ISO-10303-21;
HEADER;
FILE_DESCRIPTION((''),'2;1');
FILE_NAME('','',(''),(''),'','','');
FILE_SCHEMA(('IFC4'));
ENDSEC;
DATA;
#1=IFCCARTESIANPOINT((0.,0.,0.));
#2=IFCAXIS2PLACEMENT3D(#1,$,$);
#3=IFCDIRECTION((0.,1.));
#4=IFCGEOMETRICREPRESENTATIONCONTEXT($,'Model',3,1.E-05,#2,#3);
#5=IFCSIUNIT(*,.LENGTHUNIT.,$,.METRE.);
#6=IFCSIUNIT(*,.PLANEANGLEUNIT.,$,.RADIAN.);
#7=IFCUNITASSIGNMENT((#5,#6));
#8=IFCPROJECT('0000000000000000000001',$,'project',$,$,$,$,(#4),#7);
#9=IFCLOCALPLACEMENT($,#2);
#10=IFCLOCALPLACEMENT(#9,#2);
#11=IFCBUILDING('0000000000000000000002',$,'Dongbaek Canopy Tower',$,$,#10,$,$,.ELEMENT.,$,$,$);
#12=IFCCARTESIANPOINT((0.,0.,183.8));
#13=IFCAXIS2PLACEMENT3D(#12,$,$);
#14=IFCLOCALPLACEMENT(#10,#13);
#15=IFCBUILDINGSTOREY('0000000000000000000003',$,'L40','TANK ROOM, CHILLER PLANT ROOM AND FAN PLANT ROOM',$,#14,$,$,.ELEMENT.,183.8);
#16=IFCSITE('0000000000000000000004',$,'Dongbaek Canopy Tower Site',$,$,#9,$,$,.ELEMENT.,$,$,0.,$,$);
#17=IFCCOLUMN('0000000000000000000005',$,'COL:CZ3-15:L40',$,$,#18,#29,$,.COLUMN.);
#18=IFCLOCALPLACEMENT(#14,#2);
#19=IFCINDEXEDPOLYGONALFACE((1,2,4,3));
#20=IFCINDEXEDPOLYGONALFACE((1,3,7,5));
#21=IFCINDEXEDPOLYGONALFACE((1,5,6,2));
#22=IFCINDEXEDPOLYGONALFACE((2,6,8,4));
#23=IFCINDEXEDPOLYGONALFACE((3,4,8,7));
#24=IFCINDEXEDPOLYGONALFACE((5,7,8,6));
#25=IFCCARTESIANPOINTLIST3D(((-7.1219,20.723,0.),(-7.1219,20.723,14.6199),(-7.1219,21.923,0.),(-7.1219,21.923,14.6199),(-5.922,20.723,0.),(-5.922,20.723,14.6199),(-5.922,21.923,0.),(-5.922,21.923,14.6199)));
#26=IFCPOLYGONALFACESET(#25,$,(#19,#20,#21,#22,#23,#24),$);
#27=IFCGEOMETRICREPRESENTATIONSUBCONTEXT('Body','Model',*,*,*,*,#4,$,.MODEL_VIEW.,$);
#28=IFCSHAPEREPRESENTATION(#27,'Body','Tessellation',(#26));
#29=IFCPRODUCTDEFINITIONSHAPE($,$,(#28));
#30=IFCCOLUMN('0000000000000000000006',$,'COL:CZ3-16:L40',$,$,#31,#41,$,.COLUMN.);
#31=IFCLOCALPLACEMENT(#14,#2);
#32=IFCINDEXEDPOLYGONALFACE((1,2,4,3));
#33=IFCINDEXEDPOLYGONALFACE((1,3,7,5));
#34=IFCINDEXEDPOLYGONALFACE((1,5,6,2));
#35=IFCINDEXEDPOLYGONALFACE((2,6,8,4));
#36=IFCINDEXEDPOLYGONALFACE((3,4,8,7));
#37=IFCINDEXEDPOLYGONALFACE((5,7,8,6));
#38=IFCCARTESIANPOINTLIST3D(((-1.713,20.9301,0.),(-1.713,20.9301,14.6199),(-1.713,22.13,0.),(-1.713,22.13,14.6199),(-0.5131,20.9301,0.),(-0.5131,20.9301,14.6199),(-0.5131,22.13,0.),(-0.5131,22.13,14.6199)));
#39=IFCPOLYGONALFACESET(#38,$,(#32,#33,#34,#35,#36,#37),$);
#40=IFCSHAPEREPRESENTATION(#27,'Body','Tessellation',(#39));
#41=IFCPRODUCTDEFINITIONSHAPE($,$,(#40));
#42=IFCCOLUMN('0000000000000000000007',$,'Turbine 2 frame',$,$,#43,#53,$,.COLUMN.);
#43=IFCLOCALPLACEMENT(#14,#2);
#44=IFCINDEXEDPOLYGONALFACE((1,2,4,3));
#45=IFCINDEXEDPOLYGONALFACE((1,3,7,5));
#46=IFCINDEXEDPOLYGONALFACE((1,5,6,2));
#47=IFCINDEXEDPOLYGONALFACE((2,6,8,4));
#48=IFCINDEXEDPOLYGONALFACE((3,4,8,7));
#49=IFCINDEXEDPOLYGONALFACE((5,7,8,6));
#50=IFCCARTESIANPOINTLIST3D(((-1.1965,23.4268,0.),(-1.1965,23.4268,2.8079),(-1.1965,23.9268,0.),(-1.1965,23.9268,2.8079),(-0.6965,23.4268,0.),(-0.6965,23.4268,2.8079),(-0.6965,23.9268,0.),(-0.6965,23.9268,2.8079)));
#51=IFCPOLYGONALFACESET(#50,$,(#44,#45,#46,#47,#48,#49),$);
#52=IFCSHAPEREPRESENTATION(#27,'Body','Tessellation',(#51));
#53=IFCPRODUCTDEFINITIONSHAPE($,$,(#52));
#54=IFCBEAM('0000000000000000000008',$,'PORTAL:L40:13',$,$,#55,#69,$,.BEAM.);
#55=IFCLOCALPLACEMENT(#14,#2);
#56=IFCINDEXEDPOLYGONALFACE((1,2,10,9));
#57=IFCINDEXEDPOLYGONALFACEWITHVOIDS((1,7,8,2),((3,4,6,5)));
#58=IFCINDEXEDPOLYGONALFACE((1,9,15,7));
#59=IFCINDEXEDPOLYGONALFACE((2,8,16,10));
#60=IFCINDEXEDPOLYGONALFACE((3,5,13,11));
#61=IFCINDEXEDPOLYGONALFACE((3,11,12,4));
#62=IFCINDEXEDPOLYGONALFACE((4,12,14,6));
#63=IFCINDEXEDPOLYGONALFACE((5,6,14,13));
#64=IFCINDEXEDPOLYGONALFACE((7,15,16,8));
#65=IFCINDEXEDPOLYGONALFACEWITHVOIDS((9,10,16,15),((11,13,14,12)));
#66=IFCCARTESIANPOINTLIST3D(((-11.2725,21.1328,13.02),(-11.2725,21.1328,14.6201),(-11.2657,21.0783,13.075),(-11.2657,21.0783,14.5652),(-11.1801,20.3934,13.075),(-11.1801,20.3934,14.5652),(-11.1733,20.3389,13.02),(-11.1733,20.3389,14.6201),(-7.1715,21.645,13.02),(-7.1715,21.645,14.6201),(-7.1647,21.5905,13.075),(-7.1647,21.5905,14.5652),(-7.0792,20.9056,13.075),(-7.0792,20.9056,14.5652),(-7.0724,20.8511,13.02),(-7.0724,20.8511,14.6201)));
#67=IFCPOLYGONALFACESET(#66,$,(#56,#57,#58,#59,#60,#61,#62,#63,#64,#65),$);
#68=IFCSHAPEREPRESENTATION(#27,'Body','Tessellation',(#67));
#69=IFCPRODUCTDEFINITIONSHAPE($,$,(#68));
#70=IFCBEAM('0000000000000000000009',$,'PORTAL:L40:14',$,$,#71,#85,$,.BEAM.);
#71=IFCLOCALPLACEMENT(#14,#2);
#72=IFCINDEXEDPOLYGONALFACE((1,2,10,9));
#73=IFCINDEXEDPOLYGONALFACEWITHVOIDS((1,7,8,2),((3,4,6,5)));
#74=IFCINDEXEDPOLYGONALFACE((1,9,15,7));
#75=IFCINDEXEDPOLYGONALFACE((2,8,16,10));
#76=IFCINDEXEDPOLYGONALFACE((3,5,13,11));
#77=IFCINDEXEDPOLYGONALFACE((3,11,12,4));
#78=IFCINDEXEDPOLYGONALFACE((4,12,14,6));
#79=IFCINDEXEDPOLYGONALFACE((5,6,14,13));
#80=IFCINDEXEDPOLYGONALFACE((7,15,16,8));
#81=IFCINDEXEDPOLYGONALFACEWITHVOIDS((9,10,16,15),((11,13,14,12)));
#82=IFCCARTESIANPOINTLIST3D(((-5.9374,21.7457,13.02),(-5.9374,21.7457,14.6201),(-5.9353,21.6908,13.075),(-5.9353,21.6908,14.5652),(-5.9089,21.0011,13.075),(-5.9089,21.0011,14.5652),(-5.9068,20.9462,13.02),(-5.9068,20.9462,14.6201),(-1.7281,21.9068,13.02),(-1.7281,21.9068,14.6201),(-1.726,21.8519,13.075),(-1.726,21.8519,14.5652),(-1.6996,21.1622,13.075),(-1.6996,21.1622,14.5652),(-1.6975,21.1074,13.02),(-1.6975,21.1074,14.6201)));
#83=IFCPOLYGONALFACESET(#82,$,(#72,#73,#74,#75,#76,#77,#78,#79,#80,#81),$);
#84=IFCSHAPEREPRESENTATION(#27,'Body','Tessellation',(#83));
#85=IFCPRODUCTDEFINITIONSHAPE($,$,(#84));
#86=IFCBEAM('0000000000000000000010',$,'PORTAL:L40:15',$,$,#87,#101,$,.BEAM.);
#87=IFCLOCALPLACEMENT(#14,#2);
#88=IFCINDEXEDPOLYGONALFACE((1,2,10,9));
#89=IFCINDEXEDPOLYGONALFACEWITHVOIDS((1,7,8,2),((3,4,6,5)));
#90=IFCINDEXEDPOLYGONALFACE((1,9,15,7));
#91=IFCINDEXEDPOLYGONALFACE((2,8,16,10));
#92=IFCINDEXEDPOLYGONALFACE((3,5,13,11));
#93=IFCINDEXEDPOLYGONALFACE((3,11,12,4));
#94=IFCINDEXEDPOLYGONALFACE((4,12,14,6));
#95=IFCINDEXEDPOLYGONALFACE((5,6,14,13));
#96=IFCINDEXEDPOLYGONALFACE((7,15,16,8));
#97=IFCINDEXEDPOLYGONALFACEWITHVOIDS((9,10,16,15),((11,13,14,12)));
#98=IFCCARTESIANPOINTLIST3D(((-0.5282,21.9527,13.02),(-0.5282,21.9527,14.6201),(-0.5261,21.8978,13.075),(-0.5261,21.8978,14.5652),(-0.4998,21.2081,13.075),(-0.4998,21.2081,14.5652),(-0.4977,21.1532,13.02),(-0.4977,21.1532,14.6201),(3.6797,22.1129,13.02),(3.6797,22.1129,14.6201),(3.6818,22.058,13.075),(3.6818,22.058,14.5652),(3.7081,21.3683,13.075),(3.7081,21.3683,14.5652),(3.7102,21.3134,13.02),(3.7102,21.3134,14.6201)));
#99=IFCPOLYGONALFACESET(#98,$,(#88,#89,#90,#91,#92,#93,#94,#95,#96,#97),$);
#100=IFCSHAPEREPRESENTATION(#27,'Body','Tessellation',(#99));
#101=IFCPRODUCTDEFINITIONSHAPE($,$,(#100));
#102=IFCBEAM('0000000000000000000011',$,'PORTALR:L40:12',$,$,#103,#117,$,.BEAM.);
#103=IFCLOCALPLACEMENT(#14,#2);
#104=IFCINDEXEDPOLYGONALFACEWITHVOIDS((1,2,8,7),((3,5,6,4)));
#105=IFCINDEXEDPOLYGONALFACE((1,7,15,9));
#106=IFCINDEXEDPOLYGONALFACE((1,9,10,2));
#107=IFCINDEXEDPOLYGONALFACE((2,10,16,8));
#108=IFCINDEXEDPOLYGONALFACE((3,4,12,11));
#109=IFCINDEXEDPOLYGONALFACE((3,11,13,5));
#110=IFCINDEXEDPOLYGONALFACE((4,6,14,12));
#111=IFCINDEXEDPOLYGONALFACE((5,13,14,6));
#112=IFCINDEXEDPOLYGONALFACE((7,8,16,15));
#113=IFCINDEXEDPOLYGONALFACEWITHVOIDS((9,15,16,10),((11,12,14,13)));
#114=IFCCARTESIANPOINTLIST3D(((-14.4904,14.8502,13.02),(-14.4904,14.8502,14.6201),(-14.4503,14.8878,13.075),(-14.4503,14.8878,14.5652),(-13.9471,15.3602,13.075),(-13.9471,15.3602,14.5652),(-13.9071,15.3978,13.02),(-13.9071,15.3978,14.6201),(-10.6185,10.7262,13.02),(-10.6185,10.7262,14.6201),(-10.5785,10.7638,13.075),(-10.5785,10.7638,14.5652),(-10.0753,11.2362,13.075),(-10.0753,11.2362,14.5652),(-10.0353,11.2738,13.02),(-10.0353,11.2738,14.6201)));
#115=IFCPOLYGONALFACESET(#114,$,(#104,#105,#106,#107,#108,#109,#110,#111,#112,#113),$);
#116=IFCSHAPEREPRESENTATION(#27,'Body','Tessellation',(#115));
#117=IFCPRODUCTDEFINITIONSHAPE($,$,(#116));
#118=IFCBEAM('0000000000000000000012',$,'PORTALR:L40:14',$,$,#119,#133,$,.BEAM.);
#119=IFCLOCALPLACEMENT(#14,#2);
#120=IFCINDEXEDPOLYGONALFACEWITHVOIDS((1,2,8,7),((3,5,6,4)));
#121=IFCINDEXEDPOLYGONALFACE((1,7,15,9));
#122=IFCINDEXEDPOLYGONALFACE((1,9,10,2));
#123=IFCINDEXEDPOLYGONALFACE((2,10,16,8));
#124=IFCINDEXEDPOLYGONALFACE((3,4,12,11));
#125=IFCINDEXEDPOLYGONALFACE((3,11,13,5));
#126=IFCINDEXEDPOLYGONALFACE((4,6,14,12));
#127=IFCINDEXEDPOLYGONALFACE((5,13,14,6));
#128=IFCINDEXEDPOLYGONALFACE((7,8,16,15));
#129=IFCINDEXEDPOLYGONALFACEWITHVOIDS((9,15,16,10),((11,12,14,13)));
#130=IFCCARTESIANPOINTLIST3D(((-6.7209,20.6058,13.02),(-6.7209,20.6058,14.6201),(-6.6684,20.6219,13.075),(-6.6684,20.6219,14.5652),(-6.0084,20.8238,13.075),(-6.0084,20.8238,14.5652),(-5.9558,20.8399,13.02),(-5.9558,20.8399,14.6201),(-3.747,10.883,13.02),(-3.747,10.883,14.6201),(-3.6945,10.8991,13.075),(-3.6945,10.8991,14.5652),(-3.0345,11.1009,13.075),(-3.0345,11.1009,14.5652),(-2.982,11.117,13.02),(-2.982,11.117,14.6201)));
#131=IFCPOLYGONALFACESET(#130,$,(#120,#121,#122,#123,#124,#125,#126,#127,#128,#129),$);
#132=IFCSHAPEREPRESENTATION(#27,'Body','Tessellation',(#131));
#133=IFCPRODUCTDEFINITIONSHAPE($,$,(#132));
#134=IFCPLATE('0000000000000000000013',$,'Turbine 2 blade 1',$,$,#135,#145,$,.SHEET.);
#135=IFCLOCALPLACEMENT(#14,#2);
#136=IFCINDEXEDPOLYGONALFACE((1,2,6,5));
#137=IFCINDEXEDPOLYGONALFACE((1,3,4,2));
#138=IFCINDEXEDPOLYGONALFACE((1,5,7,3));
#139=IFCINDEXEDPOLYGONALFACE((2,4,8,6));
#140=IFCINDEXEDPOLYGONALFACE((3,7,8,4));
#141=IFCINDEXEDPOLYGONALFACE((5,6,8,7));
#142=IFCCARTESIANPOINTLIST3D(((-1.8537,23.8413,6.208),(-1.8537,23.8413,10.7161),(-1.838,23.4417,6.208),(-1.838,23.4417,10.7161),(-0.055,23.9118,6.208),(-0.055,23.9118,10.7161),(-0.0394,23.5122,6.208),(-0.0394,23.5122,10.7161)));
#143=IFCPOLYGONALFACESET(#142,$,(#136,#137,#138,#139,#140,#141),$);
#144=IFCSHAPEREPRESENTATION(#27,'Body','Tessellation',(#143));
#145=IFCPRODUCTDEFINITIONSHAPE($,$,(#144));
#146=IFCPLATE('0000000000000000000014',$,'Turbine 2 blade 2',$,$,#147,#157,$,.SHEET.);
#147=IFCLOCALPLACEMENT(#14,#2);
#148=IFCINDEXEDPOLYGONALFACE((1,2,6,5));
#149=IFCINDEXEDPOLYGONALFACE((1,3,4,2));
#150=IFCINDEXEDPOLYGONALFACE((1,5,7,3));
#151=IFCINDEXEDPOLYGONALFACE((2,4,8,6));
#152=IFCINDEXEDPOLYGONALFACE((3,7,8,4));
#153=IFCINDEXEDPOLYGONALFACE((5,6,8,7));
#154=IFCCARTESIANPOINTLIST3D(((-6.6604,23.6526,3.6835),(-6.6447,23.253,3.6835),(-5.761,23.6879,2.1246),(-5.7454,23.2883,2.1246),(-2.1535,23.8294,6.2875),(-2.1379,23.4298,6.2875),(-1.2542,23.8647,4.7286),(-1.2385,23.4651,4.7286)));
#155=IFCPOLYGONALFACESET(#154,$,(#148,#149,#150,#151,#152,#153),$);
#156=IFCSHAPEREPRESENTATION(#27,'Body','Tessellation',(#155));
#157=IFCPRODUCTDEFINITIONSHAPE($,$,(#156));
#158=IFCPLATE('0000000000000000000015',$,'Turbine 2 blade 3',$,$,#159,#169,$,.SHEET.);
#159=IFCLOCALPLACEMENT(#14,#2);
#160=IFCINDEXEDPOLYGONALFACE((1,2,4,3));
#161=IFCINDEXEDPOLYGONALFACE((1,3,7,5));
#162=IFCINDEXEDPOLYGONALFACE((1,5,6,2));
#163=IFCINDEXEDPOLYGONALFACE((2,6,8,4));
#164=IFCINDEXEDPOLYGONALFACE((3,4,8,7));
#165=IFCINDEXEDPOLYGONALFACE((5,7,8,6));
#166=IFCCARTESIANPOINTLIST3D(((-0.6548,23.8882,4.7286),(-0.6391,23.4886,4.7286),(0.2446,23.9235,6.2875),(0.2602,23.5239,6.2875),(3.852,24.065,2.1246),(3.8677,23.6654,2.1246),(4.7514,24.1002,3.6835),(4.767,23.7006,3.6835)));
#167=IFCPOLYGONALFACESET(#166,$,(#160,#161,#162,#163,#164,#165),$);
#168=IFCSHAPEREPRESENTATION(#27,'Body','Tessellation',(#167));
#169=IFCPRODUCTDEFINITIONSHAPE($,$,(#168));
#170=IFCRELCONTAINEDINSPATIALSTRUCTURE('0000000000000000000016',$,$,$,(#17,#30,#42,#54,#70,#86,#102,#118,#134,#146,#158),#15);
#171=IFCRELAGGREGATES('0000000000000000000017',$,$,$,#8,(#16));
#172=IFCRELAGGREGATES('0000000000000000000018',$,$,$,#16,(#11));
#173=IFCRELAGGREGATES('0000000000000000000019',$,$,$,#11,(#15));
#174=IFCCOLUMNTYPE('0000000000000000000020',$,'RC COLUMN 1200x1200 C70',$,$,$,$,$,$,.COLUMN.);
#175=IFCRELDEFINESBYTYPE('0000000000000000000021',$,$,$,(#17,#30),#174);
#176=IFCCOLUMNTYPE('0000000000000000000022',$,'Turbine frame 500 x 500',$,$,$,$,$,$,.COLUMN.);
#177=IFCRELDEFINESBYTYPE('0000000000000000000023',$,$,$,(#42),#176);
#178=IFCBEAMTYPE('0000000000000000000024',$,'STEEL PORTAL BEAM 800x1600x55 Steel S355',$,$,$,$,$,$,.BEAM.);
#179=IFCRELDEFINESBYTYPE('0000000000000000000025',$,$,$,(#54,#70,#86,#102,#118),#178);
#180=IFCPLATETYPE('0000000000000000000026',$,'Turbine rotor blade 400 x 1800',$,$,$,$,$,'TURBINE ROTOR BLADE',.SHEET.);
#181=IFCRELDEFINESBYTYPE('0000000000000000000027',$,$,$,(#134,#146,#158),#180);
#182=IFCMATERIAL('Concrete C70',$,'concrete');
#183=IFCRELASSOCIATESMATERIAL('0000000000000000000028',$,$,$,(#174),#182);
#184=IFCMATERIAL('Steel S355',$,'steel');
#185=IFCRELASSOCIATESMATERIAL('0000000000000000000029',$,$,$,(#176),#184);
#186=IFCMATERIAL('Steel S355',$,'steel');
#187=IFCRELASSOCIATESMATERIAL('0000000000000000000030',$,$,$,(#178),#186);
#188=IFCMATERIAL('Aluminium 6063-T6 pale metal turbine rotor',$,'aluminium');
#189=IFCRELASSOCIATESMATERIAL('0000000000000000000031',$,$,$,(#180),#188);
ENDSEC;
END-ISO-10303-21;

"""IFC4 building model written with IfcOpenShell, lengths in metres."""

from ifc_helpers import new_model, si_unit, direction, frame, origin, origin_2d, place, context, subcontext, project, spatial, rectangle, hollow_rectangle, extrude, material, material_profile, profile_set, type_object, element, save


model = new_model("IFC4")

# Units and contexts
model_context = context("Model", 3, precision=1e-05, world=origin(), true_north=direction((0.0, 1.0)))
body_context = subcontext(model_context, "Body", "Model", "MODEL_VIEW")
ifc_project = project(units=[si_unit("LENGTHUNIT", "METRE"), si_unit("PLANEANGLEUNIT", "RADIAN")], contexts=[model_context])

# Site, building, storey
site_placement = place(None, origin())
site = spatial("IfcSite", under=ifc_project, at=site_placement, Name="Dongbaek Canopy Tower Site", CompositionType="ELEMENT", RefElevation=0.0)
building_placement = place(site_placement, origin())
building = spatial("IfcBuilding", under=site, at=building_placement, Name="Dongbaek Canopy Tower", CompositionType="ELEMENT")
storey_placement = place(building_placement, frame((0.0, 0.0, 183.8)))
storey = spatial("IfcBuildingStorey", under=building, at=storey_placement, Name="L40", Description="TANK ROOM, CHILLER PLANT ROOM AND FAN PLANT ROOM", CompositionType="ELEMENT", Elevation=183.8)

# Columns
ifc_material_1 = material(Name="Concrete C70", Category="concrete")
ifc_material_profile_1 = material_profile(ifc_material_1, rectangle(XDim=1.2, YDim=1.2, at=origin_2d()), Name="RC COLUMN 1200x1200 C70")
ifc_profile_set_1 = profile_set([ifc_material_profile_1], Name="Concrete C70")
column_type_1 = type_object("IfcColumnType", Name="RC COLUMN 1200x1200 C70", PredefinedType="COLUMN", material=ifc_profile_set_1)
for number, where, z_axis, x_axis, name in (
    (1, (-6.522, 21.323, 0.0), (0.0, 0.0, 1.0), (1.0, 0.0, 0.0), "COL:CZ3-15:L40"),
    (2, (-1.113, 21.53, 0.0), (0.0, 0.0, 1.0), (1.0, 0.0, 0.0), "COL:CZ3-16:L40"),
):
    element("IfcColumn", number, at=place(storey_placement, frame(where, z_axis=z_axis, x_axis=x_axis)), inside=storey, type_object=column_type_1, Name=name, PredefinedType="COLUMN", context=body_context, shape_type="SweptSolid", body=[
        extrude(rectangle(XDim=1.2, YDim=1.2, at=origin_2d()), origin(), (0.0, 0.0, 1.0), 14.6199),
    ])
ifc_material_2 = material(Name="Steel S355", Category="steel")
ifc_material_profile_2 = material_profile(ifc_material_2, rectangle(XDim=0.5, YDim=0.5, at=origin_2d()), Name="Turbine frame 500 x 500")
ifc_profile_set_2 = profile_set([ifc_material_profile_2], Name="Steel S355")
column_type_2 = type_object("IfcColumnType", Name="Turbine frame 500 x 500", PredefinedType="COLUMN", material=ifc_profile_set_2)
column_placement = place(storey_placement, frame((-0.9465, 23.6768, 0.0), z_axis=(0.0, 0.0, 1.0), x_axis=(1.0, 0.0, 0.0)))
element("IfcColumn", 3, at=column_placement, inside=storey, type_object=column_type_2, Name="Turbine 2 frame", PredefinedType="COLUMN", context=body_context, shape_type="SweptSolid", body=[
    extrude(rectangle(XDim=0.5, YDim=0.5, at=origin_2d()), origin(), (0.0, 0.0, 1.0), 2.8079),
])

# Beams
ifc_material_3 = material(Name="Steel S355", Category="steel")
ifc_material_profile_3 = material_profile(ifc_material_3, hollow_rectangle(XDim=0.8, YDim=1.6001, WallThickness=0.0549, at=origin_2d()), Name="STEEL PORTAL BEAM 800x1600x55 Steel S355")
ifc_profile_set_3 = profile_set([ifc_material_profile_3], Name="Steel S355")
beam_type = type_object("IfcBeamType", Name="STEEL PORTAL BEAM 800x1600x55 Steel S355", PredefinedType="BEAM", material=ifc_profile_set_3)
beam_1_placement = place(storey_placement, frame((-11.2229, 20.7358, 13.8201), z_axis=(0.99229, 0.12394, 0.0), x_axis=(-0.12394, 0.99229, 0.0)))
element("IfcBeam", 4, at=beam_1_placement, inside=storey, type_object=beam_type, Name="PORTAL:L40:13", PredefinedType="BEAM", context=body_context, shape_type="SweptSolid", body=[
    extrude(hollow_rectangle(XDim=0.8, YDim=1.6001, WallThickness=0.0549, at=origin_2d()), origin(), (0.0, 0.0, 1.0), 4.1328),
])
beam_2_placement = place(storey_placement, frame((-5.9221, 21.3459, 13.8201), z_axis=(0.999268, 0.038253, 0.0), x_axis=(-0.038253, 0.999268, 0.0)))
element("IfcBeam", 5, at=beam_2_placement, inside=storey, type_object=beam_type, Name="PORTAL:L40:14", PredefinedType="BEAM", context=body_context, shape_type="SweptSolid", body=[
    extrude(hollow_rectangle(XDim=0.8, YDim=1.6001, WallThickness=0.0549, at=origin_2d()), origin(), (0.0, 0.0, 1.0), 4.2124),
])
beam_3_placement = place(storey_placement, frame((-0.5129, 21.553, 13.8201), z_axis=(0.999277, 0.038032, 0.0), x_axis=(-0.038032, 0.999277, 0.0)))
element("IfcBeam", 6, at=beam_3_placement, inside=storey, type_object=beam_type, Name="PORTAL:L40:15", PredefinedType="BEAM", context=body_context, shape_type="SweptSolid", body=[
    extrude(hollow_rectangle(XDim=0.8, YDim=1.6001, WallThickness=0.0549, at=origin_2d()), origin(), (0.0, 0.0, 1.0), 4.2109),
])
beam_4_placement = place(storey_placement, frame((-10.3269, 11.0, 13.8201), z_axis=(-0.684464, 0.729047, 0.0), x_axis=(-0.729047, -0.684464, 0.0)))
element("IfcBeam", 7, at=beam_4_placement, inside=storey, type_object=beam_type, Name="PORTALR:L40:12", PredefinedType="BEAM", context=body_context, shape_type="SweptSolid", body=[
    extrude(hollow_rectangle(XDim=0.8, YDim=1.6001, WallThickness=0.0549, at=origin_2d()), origin(), (0.0, 0.0, 1.0), 5.6567),
])
beam_5_placement = place(storey_placement, frame((-3.3645, 11.0, 13.8201), z_axis=(-0.292488, 0.956269, 0.0), x_axis=(-0.956269, -0.292488, 0.0)))
element("IfcBeam", 8, at=beam_5_placement, inside=storey, type_object=beam_type, Name="PORTALR:L40:14", PredefinedType="BEAM", context=body_context, shape_type="SweptSolid", body=[
    extrude(hollow_rectangle(XDim=0.8, YDim=1.6001, WallThickness=0.0549, at=origin_2d()), origin(), (0.0, 0.0, 1.0), 10.1675),
])

# Plates
ifc_material_4 = material(Name="Aluminium 6063-T6 pale metal turbine rotor", Category="aluminium")
ifc_material_profile_4 = material_profile(ifc_material_4, rectangle(XDim=0.3999, YDim=1.8, at=origin_2d()), Name="Turbine rotor blade 400 x 1800")
ifc_profile_set_4 = profile_set([ifc_material_profile_4], Name="Aluminium 6063-T6 pale metal turbine rotor")
plate_type = type_object("IfcPlateType", Name="Turbine rotor blade 400 x 1800", ElementType="TURBINE ROTOR BLADE", PredefinedType="SHEET", material=ifc_profile_set_4)
plate_placement = place(storey_placement, frame((-0.9465, 23.6768, 6.208), z_axis=(0.0, 0.0, 1.0), x_axis=(-0.03919, 0.999232, 0.0)))
element("IfcPlate", 9, at=plate_placement, inside=storey, type_object=plate_type, Name="Turbine 2 blade 1", PredefinedType="SHEET", context=body_context, shape_type="SweptSolid", body=[
    extrude(rectangle(XDim=0.3999, YDim=1.8, at=origin_2d()), origin(), (0.0, 0.0, 1.0), 4.5081),
])
for number, where, z_axis, x_axis, name in (
    (10, (-1.696, 23.6472, 5.5081), (-0.865362, -0.033939, -0.499997), (0.03919, -0.999232, 0.0), "Turbine 2 blade 2"),
    (11, (-0.1973, 23.7061, 5.5081), (0.865362, 0.033939, -0.499997), (-0.03919, 0.999232, 0.0), "Turbine 2 blade 3"),
):
    element("IfcPlate", number, at=place(storey_placement, frame(where, z_axis=z_axis, x_axis=x_axis)), inside=storey, type_object=plate_type, Name=name, PredefinedType="SHEET", context=body_context, shape_type="SweptSolid", body=[
        extrude(rectangle(XDim=0.3999, YDim=1.8, at=origin_2d()), origin(), (0.0, 0.0, 1.0), 5.208),
    ])

save(model, "model.ifc")
